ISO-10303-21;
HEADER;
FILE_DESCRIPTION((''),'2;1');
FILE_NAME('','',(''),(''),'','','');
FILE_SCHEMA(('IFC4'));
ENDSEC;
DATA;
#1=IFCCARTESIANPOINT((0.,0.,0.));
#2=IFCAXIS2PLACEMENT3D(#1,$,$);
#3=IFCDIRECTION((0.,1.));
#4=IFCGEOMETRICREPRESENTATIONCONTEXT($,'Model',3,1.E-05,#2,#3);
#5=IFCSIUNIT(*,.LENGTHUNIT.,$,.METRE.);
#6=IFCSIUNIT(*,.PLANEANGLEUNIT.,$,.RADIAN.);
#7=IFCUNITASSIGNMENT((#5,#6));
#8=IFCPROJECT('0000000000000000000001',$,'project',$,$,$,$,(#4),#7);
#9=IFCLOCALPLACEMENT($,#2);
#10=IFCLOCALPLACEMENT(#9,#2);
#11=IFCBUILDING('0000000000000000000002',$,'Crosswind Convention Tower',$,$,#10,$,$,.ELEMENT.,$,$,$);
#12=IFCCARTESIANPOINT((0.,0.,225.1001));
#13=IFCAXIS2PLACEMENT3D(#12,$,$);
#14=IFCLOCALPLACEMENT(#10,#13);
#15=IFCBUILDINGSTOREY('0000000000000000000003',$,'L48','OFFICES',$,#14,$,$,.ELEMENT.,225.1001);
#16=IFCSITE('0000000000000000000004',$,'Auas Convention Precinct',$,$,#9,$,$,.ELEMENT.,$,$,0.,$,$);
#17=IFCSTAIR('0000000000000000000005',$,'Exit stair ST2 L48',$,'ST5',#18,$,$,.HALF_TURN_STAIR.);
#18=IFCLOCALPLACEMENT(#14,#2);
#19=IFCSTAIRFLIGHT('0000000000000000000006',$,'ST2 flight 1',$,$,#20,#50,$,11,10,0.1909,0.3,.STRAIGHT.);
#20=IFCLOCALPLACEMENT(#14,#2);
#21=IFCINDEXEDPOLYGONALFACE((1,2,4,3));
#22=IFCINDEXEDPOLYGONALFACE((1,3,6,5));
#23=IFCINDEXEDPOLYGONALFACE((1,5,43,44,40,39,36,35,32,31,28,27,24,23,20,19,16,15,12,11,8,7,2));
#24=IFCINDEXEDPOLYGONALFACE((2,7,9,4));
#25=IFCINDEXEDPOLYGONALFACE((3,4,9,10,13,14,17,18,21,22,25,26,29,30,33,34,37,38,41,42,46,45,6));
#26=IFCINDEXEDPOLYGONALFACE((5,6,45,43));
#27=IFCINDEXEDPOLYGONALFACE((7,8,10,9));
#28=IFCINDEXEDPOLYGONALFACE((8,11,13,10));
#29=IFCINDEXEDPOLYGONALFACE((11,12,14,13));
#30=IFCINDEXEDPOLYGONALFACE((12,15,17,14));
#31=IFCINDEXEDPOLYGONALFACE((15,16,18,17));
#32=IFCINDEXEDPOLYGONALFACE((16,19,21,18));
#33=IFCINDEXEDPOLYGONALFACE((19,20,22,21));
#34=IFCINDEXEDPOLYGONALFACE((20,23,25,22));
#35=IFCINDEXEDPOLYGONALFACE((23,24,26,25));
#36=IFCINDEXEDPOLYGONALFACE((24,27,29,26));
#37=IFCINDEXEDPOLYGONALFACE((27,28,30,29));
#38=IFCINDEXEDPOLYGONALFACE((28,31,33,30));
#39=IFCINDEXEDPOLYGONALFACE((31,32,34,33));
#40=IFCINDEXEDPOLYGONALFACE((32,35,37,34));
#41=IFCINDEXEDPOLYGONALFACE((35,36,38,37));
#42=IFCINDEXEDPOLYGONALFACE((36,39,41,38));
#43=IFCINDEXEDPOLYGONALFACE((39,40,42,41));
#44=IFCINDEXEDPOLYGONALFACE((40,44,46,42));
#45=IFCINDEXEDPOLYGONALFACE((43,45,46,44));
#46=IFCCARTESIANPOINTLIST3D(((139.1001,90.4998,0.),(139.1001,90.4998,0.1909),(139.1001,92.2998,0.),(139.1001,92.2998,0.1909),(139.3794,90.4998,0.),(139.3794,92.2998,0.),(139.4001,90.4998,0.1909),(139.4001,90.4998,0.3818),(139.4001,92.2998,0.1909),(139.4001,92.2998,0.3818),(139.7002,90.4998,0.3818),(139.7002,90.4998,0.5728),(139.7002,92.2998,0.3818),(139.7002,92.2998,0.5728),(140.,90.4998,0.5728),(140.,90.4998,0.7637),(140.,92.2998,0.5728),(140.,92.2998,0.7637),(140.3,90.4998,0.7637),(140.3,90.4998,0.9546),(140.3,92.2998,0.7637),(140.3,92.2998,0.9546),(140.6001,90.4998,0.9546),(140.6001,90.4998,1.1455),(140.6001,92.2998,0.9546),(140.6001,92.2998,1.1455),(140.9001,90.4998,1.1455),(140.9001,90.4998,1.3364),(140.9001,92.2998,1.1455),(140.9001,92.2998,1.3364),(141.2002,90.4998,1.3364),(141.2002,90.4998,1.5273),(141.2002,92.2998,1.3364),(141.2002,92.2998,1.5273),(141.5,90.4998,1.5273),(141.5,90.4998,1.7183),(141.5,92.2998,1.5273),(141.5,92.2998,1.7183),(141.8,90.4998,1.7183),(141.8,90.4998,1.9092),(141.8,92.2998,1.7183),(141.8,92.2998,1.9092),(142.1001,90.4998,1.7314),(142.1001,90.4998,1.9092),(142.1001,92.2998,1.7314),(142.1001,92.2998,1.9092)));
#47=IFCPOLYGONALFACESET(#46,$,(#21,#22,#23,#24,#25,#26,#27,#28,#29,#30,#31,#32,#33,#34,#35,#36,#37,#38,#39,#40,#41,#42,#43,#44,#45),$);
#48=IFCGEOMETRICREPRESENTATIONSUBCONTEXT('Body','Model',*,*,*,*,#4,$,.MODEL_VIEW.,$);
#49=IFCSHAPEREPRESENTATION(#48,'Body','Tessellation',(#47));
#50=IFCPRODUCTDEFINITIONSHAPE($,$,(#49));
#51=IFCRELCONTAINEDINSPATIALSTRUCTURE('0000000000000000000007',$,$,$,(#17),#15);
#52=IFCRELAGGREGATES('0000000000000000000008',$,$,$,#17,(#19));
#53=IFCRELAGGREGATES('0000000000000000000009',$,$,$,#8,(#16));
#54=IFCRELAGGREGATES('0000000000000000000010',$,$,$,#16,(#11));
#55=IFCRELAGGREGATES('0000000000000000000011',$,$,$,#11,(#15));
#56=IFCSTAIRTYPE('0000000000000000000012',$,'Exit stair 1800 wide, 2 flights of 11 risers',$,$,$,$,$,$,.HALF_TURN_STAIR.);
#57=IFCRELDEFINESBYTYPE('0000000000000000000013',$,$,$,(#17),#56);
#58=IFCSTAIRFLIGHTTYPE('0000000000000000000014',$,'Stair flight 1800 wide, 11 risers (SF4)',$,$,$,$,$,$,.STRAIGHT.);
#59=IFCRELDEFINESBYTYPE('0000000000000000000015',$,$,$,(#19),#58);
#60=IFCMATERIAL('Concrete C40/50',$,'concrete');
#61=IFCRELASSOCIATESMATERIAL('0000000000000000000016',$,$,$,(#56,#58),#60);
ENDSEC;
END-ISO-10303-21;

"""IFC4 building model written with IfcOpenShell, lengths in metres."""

from ifc_helpers import new_model, si_unit, direction, frame, origin, place, context, subcontext, project, spatial, polyline, outline, extrude, material, type_object, element, aggregate, save


model = new_model("IFC4")

# Units and contexts
model_context = context("Model", 3, precision=1e-05, world=origin(), true_north=direction((0.0, 1.0)))
body_context = subcontext(model_context, "Body", "Model", "MODEL_VIEW")
ifc_project = project(units=[si_unit("LENGTHUNIT", "METRE"), si_unit("PLANEANGLEUNIT", "RADIAN")], contexts=[model_context])

# Site, building, storey
site_placement = place(None, origin())
site = spatial("IfcSite", under=ifc_project, at=site_placement, Name="Auas Convention Precinct", CompositionType="ELEMENT", RefElevation=0.0)
building_placement = place(site_placement, origin())
building = spatial("IfcBuilding", under=site, at=building_placement, Name="Crosswind Convention Tower", CompositionType="ELEMENT")
storey_placement = place(building_placement, frame((0.0, 0.0, 225.1001)))
storey = spatial("IfcBuildingStorey", under=building, at=storey_placement, Name="L48", Description="OFFICES", CompositionType="ELEMENT", Elevation=225.1001)

# Stair, stair flight
ifc_material_1 = material(Name="Concrete C40/50", Category="concrete")
stair_type = type_object("IfcStairType", Name="Exit stair 1800 wide, 2 flights of 11 risers", PredefinedType="HALF_TURN_STAIR", material=ifc_material_1)
stair_placement = place(storey_placement, origin())
stair = element("IfcStair", 1, at=stair_placement, inside=storey, type_object=stair_type, Name="Exit stair ST2 L48", ObjectType="ST5", PredefinedType="HALF_TURN_STAIR")
stair_flight_type = type_object("IfcStairFlightType", Name="Stair flight 1800 wide, 11 risers (SF4)", PredefinedType="STRAIGHT", material=ifc_material_1)
stair_flight_placement = place(storey_placement, frame((139.1001, 91.3999, 0.0), z_axis=(0.0, 0.0, 1.0), x_axis=(1.0, 0.0, 0.0)))
stair_flight = element("IfcStairFlight", 2, at=stair_flight_placement, type_object=stair_flight_type, Name="ST2 flight 1", NumberOfRisers=11, NumberOfTreads=10, PredefinedType="STRAIGHT", RiserHeight=0.1909, TreadLength=0.3, context=body_context, shape_type="SweptSolid", body=[
    extrude(outline(polyline([(0.0, 0.0), (0.0, 0.1909), (0.3, 0.1909), (0.3, 0.3818), (0.6001, 0.3818), (0.6001, 0.5728), (0.8999, 0.5728), (0.8999, 0.7637), (1.2, 0.7637), (1.2, 0.9546), (1.5, 0.9546), (1.5, 1.1455), (1.8, 1.1455), (1.8, 1.3364), (2.1001, 1.3364), (2.1001, 1.5273), (2.3999, 1.5273), (2.3999, 1.7183), (2.7, 1.7183), (2.7, 1.9092), (3.0, 1.9092), (3.0, 2.1001), (3.0, 1.7314), (0.2793, 0.0), (0.0, 0.0)])), frame((0.0, 0.8999, 0.0), z_axis=(0.0, -1.0, 0.0), x_axis=(1.0, 0.0, 0.0)), (0.0, 0.0, 1.0), 1.8),
])
aggregate(stair, [stair_flight])

save(model, "model.ifc")
